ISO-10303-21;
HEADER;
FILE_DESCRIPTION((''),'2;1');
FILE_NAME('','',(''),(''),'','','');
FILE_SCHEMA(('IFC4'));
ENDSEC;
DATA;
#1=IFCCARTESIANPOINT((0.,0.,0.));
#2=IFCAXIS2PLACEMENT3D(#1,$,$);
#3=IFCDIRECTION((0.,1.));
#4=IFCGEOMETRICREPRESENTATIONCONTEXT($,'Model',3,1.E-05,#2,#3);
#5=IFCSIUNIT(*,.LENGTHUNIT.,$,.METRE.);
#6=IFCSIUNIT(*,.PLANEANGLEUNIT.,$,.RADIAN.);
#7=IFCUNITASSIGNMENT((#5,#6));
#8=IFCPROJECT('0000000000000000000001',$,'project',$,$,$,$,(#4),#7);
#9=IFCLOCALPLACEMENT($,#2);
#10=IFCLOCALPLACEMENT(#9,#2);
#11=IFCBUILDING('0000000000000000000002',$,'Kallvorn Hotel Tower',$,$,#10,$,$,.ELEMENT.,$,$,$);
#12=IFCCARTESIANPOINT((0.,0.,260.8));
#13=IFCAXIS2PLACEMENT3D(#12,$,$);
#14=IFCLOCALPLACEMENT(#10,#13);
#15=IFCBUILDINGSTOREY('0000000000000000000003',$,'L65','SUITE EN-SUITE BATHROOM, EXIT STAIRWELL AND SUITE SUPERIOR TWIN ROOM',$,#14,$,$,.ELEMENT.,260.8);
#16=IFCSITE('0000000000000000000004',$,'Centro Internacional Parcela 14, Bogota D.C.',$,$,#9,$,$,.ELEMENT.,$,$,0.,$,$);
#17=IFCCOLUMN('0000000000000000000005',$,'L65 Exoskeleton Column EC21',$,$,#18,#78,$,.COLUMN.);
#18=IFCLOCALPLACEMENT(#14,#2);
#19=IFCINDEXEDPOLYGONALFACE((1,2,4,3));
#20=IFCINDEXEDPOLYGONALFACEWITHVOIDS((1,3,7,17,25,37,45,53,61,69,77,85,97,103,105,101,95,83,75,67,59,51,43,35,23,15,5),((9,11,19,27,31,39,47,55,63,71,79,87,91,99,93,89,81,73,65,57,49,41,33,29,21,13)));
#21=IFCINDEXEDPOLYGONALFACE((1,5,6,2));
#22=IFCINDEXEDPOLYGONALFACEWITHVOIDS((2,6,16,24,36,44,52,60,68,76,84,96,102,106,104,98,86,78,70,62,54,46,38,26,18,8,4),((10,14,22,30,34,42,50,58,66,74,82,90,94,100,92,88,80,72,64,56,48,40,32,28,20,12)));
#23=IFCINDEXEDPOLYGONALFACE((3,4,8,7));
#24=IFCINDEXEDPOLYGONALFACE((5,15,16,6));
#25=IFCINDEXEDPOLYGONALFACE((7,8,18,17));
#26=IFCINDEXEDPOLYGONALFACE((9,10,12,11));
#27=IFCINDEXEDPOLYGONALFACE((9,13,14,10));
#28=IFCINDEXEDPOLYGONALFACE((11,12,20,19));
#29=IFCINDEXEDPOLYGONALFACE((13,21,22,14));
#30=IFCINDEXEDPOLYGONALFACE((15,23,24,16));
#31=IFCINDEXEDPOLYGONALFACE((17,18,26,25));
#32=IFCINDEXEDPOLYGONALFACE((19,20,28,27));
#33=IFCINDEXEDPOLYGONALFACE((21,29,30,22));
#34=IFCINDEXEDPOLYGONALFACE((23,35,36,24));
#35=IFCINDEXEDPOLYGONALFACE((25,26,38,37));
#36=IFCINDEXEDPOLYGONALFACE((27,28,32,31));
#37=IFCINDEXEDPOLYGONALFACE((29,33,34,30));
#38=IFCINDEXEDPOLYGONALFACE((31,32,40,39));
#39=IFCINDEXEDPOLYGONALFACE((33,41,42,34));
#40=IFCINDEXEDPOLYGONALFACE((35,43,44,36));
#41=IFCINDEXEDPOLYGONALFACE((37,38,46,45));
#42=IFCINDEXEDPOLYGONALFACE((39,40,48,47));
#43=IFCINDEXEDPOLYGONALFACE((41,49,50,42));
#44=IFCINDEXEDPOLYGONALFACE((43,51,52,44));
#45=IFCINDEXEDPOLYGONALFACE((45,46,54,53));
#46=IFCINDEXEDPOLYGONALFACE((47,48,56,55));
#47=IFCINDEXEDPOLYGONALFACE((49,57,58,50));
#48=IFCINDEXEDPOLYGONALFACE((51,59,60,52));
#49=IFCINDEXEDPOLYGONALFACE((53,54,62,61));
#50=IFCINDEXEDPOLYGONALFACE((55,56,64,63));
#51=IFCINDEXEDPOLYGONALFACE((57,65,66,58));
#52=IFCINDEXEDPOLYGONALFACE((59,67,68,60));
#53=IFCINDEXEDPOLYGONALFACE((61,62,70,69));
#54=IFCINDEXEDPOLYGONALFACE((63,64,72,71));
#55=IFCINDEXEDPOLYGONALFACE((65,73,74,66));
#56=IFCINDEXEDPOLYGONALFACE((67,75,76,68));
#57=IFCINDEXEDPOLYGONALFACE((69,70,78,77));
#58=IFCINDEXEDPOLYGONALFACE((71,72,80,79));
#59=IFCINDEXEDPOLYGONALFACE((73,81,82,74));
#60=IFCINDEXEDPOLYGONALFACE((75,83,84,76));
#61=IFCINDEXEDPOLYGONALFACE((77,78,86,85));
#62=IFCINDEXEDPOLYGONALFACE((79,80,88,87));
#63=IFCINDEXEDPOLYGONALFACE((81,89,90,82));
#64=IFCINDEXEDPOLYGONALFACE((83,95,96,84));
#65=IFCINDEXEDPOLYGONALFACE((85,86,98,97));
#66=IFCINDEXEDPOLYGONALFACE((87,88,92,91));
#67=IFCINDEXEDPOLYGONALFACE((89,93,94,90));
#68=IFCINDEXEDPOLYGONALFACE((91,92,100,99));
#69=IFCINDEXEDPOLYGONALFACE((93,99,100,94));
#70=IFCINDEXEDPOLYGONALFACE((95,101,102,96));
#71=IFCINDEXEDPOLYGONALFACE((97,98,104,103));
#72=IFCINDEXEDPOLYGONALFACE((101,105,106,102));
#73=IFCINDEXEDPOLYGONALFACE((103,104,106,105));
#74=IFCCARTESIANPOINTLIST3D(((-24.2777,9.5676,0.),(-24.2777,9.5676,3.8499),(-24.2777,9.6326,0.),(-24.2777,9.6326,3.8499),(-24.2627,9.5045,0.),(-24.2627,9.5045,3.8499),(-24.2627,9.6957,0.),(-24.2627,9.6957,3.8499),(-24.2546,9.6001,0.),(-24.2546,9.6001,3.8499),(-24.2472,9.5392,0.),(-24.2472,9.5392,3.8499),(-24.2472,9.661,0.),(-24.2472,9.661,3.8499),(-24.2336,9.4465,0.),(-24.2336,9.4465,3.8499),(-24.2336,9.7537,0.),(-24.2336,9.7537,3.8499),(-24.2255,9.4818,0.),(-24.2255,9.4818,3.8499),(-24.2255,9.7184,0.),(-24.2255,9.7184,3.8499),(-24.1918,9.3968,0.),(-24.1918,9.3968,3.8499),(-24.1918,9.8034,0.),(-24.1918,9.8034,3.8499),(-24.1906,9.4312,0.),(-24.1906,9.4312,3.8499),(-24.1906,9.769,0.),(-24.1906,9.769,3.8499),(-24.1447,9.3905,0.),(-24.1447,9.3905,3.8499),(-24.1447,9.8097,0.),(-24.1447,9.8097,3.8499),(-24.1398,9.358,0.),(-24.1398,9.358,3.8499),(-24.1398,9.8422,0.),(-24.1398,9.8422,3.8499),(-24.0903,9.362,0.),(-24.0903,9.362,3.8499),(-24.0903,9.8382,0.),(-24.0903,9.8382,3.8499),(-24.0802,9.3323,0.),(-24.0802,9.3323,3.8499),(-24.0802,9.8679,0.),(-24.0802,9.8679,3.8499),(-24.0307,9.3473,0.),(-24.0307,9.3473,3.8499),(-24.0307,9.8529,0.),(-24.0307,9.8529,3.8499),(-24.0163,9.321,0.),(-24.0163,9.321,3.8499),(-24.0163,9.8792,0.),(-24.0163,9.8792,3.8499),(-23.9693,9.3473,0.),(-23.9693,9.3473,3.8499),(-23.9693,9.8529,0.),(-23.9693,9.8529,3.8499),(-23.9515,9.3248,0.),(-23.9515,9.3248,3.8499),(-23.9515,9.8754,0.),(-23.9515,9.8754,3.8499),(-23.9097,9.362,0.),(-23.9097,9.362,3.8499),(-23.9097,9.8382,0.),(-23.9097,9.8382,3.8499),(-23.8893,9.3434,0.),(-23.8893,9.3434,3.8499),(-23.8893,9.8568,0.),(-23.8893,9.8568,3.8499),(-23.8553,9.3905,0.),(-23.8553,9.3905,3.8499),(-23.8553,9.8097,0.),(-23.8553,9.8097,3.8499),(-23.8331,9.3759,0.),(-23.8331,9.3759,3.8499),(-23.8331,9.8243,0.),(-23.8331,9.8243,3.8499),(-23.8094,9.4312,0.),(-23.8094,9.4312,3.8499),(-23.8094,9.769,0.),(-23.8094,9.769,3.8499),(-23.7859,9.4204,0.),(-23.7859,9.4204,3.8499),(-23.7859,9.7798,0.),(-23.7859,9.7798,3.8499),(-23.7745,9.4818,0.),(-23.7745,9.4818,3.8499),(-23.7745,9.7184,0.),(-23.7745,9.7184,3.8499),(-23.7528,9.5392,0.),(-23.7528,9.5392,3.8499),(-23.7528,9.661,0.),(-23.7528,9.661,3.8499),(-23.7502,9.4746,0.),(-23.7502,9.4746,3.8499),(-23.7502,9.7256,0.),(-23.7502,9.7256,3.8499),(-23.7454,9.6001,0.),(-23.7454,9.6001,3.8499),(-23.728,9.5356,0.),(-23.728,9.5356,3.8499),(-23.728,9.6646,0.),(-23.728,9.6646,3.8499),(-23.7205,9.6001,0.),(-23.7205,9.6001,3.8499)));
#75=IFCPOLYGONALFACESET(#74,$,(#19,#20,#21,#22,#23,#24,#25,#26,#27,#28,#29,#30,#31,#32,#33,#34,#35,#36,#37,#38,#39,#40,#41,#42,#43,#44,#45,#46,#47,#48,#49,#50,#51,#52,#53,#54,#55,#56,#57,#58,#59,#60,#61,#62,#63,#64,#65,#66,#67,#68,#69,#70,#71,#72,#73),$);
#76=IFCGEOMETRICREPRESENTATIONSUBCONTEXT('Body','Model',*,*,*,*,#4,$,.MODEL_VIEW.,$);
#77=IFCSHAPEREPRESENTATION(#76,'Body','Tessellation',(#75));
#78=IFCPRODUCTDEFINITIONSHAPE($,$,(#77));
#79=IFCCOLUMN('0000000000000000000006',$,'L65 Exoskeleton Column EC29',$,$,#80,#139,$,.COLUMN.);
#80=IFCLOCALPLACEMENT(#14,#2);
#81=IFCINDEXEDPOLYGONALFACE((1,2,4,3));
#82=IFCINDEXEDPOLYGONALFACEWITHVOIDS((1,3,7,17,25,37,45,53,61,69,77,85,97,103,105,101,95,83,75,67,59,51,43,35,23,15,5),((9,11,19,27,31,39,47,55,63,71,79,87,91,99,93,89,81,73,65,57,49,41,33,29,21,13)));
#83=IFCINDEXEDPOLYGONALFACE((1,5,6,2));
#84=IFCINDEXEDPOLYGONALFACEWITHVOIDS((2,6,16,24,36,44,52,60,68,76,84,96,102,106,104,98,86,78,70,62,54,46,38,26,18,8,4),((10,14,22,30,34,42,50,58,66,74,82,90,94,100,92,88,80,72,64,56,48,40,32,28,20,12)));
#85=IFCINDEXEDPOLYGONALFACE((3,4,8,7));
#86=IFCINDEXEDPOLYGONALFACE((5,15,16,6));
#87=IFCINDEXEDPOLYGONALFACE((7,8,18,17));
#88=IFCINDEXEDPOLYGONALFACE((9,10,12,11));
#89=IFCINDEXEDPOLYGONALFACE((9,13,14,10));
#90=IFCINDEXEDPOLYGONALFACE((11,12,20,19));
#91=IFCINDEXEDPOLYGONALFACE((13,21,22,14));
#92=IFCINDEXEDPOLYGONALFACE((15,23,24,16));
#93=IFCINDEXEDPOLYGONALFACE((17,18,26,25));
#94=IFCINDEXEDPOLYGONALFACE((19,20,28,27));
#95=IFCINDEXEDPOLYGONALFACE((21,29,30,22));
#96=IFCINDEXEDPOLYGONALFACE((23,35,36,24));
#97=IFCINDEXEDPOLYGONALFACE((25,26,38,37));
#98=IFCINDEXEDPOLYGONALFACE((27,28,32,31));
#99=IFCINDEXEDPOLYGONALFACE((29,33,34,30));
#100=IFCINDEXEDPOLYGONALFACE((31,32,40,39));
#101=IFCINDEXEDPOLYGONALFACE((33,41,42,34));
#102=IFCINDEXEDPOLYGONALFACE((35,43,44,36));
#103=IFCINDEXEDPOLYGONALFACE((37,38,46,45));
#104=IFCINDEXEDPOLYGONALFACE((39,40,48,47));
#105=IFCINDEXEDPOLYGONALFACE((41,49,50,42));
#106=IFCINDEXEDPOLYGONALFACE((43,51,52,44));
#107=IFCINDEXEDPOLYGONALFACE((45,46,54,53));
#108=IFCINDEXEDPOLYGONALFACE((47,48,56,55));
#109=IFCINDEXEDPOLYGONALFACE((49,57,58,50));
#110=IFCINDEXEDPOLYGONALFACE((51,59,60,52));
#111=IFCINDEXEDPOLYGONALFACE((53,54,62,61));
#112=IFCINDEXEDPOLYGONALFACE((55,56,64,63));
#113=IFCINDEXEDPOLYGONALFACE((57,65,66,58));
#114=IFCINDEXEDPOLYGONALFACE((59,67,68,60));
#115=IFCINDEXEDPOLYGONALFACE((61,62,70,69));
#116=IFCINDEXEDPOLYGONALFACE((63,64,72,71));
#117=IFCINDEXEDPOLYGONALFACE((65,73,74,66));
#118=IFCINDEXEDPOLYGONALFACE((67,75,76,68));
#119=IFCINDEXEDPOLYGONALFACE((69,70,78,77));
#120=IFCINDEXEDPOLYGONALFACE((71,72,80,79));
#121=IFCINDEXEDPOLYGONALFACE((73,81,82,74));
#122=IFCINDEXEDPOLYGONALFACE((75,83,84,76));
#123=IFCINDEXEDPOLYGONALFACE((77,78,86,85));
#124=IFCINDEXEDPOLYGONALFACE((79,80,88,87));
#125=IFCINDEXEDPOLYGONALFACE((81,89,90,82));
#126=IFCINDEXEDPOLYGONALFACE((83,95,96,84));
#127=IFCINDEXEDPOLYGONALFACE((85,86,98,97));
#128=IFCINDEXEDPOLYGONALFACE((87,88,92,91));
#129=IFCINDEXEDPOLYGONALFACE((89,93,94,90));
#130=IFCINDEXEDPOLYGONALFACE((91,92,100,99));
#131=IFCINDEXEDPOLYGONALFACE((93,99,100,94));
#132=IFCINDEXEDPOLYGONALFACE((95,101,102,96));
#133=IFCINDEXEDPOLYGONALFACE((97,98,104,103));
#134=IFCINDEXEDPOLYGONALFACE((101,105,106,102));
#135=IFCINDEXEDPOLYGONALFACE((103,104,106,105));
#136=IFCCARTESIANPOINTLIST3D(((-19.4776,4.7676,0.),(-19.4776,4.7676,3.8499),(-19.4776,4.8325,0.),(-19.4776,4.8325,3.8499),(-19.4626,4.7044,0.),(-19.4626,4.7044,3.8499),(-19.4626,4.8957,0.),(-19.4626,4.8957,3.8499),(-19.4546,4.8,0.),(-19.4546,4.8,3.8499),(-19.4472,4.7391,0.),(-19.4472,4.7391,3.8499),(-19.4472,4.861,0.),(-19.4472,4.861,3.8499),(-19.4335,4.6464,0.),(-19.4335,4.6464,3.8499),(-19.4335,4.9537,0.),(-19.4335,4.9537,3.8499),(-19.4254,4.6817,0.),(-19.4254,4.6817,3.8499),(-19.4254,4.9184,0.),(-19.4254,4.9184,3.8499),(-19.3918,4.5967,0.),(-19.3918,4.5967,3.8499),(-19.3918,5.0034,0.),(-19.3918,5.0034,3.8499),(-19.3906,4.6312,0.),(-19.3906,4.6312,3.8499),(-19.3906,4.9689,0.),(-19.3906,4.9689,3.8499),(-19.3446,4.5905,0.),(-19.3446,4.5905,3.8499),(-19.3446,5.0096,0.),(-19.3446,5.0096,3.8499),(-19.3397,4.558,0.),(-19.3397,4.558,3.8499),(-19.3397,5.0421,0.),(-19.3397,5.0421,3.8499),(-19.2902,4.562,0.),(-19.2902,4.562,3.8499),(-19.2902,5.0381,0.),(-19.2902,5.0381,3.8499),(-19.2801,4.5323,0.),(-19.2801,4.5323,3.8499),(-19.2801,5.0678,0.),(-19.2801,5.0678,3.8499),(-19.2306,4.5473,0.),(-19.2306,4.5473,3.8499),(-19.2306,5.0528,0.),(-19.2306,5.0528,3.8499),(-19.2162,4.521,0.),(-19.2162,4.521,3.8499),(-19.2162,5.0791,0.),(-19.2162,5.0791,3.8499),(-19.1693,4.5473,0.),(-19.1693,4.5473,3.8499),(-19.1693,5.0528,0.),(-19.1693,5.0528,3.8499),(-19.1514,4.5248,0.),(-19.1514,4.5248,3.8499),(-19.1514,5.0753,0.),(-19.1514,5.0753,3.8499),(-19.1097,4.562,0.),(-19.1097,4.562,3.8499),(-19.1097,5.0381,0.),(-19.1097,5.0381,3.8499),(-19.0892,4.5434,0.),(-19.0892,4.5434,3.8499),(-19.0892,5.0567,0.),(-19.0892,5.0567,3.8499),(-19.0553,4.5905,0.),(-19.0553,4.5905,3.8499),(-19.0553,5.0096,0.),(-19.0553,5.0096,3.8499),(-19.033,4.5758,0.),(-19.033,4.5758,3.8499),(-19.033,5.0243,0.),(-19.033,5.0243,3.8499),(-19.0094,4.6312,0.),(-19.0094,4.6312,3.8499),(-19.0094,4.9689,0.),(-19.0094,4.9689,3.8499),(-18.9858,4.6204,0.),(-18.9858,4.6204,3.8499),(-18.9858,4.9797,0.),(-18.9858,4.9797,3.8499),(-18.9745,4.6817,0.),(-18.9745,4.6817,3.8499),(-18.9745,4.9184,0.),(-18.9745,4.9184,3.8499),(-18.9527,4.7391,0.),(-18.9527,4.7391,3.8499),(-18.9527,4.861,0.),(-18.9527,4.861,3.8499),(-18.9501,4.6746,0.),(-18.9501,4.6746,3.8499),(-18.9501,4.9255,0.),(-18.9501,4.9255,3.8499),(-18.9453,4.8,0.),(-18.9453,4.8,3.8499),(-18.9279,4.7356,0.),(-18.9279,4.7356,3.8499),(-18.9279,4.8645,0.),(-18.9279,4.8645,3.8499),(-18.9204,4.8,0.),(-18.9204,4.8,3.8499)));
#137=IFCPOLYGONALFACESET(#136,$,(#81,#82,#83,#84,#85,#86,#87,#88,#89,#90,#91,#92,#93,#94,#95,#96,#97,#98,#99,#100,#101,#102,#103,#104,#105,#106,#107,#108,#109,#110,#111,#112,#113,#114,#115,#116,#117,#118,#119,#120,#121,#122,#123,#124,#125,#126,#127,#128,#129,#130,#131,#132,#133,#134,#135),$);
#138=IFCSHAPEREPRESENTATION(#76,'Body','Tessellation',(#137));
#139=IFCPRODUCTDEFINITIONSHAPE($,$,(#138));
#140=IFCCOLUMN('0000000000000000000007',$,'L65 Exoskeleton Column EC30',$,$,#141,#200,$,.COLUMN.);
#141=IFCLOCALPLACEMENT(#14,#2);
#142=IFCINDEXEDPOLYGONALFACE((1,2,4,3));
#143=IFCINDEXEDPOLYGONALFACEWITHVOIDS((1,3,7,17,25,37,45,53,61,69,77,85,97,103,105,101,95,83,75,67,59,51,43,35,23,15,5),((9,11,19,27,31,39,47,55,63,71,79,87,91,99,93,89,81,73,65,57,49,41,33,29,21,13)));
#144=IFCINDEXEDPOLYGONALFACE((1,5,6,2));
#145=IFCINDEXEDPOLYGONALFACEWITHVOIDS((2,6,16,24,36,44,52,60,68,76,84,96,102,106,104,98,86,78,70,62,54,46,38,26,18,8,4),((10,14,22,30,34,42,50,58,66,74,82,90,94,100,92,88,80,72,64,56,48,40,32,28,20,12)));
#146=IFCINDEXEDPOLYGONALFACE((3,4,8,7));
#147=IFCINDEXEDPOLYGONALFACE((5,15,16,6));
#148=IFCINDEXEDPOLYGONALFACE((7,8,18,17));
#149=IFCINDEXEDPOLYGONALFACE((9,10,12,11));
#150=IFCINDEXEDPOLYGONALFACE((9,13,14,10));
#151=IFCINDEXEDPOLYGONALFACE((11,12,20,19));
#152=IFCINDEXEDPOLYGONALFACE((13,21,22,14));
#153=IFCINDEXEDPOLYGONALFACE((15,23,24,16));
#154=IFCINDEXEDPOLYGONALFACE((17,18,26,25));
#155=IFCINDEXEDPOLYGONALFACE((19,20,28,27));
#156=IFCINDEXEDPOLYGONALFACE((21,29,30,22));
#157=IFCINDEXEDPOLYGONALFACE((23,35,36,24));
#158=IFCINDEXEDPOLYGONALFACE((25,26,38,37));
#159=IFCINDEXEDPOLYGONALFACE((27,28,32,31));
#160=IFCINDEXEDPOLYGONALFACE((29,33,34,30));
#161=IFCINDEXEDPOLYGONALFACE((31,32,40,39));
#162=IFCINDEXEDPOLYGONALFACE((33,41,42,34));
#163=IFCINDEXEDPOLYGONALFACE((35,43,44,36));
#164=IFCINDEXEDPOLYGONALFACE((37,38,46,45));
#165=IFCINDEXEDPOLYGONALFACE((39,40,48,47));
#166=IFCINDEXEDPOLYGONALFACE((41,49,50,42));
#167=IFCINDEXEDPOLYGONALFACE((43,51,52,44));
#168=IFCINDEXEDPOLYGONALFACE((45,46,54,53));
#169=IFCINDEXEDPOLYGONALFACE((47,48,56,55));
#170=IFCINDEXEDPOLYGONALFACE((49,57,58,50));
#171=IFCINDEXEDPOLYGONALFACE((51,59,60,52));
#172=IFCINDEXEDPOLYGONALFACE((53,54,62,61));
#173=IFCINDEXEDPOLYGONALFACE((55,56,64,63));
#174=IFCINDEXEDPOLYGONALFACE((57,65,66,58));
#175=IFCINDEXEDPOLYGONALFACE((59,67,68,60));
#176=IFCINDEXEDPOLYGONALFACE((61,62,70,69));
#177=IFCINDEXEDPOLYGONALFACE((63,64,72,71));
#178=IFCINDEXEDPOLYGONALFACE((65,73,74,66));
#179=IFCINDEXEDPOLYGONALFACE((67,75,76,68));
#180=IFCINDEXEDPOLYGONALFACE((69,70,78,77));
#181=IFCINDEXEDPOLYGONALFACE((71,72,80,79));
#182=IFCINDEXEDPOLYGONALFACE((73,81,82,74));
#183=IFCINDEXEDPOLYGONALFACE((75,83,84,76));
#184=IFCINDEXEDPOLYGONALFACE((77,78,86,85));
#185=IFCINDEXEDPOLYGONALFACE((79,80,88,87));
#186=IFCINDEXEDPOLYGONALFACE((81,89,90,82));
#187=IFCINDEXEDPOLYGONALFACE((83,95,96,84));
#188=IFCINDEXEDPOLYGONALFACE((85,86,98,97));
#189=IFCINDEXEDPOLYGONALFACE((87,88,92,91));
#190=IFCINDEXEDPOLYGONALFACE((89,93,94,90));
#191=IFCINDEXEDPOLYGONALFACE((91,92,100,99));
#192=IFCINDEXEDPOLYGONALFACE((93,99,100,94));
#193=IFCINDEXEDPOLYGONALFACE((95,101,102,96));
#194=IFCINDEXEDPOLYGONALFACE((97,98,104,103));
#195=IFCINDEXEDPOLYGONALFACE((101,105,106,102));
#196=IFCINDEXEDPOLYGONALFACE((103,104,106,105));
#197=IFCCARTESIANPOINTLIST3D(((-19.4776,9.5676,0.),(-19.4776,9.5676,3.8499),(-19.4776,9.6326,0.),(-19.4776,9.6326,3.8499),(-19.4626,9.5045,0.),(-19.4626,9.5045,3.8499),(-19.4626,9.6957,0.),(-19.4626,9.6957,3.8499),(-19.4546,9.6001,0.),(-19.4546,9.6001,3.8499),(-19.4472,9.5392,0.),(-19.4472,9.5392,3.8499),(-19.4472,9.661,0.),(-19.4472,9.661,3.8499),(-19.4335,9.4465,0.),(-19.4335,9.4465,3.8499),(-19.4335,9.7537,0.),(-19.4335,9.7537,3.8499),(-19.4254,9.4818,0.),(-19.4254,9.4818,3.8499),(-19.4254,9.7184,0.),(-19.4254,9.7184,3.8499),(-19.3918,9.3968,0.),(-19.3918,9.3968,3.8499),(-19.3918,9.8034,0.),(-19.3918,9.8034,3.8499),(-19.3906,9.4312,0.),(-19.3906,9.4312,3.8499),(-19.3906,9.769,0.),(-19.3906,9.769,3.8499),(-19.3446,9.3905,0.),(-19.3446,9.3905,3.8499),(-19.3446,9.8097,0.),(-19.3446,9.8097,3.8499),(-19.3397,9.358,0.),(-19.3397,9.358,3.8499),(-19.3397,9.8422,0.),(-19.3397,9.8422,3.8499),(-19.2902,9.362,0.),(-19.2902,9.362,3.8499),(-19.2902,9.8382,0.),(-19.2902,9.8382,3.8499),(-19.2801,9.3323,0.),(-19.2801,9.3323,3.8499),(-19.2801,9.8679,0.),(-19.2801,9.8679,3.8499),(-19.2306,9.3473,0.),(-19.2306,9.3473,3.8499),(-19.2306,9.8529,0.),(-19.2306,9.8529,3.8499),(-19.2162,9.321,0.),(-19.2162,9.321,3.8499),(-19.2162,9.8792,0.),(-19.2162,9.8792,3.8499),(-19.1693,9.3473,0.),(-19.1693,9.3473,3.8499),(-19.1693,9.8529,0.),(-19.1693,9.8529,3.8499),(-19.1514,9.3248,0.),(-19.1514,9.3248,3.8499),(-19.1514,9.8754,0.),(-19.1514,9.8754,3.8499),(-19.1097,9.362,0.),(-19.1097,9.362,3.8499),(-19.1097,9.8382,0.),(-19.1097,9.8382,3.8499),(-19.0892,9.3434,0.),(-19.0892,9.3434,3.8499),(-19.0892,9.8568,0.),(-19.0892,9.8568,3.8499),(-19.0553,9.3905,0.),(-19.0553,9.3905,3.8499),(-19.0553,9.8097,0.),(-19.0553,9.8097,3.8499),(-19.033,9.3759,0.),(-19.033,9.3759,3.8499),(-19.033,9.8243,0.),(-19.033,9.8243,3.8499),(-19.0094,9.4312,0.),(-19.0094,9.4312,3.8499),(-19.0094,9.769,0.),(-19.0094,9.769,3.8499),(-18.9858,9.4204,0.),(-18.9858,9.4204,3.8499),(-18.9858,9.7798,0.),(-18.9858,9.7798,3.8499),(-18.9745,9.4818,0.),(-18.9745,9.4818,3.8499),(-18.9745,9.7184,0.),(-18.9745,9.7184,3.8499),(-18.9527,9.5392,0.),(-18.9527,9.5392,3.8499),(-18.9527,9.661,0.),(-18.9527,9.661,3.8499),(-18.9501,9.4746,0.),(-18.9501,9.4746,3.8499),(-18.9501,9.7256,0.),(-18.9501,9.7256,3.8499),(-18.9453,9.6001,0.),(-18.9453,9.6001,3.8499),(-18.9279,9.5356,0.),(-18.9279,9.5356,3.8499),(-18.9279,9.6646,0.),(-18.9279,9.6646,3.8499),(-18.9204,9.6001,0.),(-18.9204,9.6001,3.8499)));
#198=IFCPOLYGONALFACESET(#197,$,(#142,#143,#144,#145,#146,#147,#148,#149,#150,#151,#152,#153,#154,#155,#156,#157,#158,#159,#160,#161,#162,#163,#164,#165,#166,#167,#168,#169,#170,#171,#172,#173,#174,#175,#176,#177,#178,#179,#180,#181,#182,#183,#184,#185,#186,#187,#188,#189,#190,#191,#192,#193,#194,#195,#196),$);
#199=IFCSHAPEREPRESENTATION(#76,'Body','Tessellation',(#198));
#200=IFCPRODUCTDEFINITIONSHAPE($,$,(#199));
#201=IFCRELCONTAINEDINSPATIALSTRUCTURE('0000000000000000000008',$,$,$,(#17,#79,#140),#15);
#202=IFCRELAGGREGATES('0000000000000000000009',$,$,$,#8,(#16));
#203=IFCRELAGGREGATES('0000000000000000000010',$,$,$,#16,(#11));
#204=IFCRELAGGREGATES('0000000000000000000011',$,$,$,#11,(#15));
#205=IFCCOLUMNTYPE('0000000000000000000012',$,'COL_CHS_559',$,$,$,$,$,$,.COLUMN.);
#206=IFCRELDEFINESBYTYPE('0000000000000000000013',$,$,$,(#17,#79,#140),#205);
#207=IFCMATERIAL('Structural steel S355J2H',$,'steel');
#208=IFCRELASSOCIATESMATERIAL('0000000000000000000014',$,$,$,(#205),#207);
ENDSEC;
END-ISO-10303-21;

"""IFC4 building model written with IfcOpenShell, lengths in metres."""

from ifc_helpers import new_model, si_unit, direction, frame, origin, origin_2d, place, context, subcontext, project, spatial, hollow_circle, extrude, material, material_profile, profile_set, type_object, element, save


model = new_model("IFC4")

# Units and contexts
model_context = context("Model", 3, precision=1e-05, world=origin(), true_north=direction((0.0, 1.0)))
body_context = subcontext(model_context, "Body", "Model", "MODEL_VIEW")
ifc_project = project(units=[si_unit("LENGTHUNIT", "METRE"), si_unit("PLANEANGLEUNIT", "RADIAN")], contexts=[model_context])

# Site, building, storey
site_placement = place(None, origin())
site = spatial("IfcSite", under=ifc_project, at=site_placement, Name="Centro Internacional Parcela 14, Bogota D.C.", CompositionType="ELEMENT", RefElevation=0.0)
building_placement = place(site_placement, origin())
building = spatial("IfcBuilding", under=site, at=building_placement, Name="Kallvorn Hotel Tower", CompositionType="ELEMENT")
storey_placement = place(building_placement, frame((0.0, 0.0, 260.8)))
storey = spatial("IfcBuildingStorey", under=building, at=storey_placement, Name="L65", Description="SUITE EN-SUITE BATHROOM, EXIT STAIRWELL AND SUITE SUPERIOR TWIN ROOM", CompositionType="ELEMENT", Elevation=260.8)

# Columns
ifc_material_1 = material(Name="Structural steel S355J2H", Category="steel")
ifc_material_profile_1 = material_profile(ifc_material_1, hollow_circle(Radius=0.2795, WallThickness=0.0249, at=origin_2d()), Name="CHS 559x25")
ifc_profile_set_1 = profile_set([ifc_material_profile_1], Name="Structural steel S355J2H")
column_type_1 = type_object("IfcColumnType", Name="COL_CHS_559", PredefinedType="COLUMN", material=ifc_profile_set_1)
for number, where, z_axis, x_axis, name in (
    (1, (-24.0, 9.6001, 0.0), (0.0, 0.0, 1.0), (1.0, 0.0, 0.0), "L65 Exoskeleton Column EC21"),
    (2, (-19.2, 4.8, 0.0), (0.0, 0.0, 1.0), (1.0, 0.0, 0.0), "L65 Exoskeleton Column EC29"),
    (3, (-19.2, 9.6001, 0.0), (0.0, 0.0, 1.0), (1.0, 0.0, 0.0), "L65 Exoskeleton Column EC30"),
):
    element("IfcColumn", number, at=place(storey_placement, frame(where, z_axis=z_axis, x_axis=x_axis)), inside=storey, type_object=column_type_1, Name=name, PredefinedType="COLUMN", context=body_context, shape_type="SweptSolid", body=[
        extrude(hollow_circle(Radius=0.2795, WallThickness=0.0249, at=origin_2d()), origin(), (0.0, 0.0, 1.0), 3.8499),
    ])

save(model, "model.ifc")
